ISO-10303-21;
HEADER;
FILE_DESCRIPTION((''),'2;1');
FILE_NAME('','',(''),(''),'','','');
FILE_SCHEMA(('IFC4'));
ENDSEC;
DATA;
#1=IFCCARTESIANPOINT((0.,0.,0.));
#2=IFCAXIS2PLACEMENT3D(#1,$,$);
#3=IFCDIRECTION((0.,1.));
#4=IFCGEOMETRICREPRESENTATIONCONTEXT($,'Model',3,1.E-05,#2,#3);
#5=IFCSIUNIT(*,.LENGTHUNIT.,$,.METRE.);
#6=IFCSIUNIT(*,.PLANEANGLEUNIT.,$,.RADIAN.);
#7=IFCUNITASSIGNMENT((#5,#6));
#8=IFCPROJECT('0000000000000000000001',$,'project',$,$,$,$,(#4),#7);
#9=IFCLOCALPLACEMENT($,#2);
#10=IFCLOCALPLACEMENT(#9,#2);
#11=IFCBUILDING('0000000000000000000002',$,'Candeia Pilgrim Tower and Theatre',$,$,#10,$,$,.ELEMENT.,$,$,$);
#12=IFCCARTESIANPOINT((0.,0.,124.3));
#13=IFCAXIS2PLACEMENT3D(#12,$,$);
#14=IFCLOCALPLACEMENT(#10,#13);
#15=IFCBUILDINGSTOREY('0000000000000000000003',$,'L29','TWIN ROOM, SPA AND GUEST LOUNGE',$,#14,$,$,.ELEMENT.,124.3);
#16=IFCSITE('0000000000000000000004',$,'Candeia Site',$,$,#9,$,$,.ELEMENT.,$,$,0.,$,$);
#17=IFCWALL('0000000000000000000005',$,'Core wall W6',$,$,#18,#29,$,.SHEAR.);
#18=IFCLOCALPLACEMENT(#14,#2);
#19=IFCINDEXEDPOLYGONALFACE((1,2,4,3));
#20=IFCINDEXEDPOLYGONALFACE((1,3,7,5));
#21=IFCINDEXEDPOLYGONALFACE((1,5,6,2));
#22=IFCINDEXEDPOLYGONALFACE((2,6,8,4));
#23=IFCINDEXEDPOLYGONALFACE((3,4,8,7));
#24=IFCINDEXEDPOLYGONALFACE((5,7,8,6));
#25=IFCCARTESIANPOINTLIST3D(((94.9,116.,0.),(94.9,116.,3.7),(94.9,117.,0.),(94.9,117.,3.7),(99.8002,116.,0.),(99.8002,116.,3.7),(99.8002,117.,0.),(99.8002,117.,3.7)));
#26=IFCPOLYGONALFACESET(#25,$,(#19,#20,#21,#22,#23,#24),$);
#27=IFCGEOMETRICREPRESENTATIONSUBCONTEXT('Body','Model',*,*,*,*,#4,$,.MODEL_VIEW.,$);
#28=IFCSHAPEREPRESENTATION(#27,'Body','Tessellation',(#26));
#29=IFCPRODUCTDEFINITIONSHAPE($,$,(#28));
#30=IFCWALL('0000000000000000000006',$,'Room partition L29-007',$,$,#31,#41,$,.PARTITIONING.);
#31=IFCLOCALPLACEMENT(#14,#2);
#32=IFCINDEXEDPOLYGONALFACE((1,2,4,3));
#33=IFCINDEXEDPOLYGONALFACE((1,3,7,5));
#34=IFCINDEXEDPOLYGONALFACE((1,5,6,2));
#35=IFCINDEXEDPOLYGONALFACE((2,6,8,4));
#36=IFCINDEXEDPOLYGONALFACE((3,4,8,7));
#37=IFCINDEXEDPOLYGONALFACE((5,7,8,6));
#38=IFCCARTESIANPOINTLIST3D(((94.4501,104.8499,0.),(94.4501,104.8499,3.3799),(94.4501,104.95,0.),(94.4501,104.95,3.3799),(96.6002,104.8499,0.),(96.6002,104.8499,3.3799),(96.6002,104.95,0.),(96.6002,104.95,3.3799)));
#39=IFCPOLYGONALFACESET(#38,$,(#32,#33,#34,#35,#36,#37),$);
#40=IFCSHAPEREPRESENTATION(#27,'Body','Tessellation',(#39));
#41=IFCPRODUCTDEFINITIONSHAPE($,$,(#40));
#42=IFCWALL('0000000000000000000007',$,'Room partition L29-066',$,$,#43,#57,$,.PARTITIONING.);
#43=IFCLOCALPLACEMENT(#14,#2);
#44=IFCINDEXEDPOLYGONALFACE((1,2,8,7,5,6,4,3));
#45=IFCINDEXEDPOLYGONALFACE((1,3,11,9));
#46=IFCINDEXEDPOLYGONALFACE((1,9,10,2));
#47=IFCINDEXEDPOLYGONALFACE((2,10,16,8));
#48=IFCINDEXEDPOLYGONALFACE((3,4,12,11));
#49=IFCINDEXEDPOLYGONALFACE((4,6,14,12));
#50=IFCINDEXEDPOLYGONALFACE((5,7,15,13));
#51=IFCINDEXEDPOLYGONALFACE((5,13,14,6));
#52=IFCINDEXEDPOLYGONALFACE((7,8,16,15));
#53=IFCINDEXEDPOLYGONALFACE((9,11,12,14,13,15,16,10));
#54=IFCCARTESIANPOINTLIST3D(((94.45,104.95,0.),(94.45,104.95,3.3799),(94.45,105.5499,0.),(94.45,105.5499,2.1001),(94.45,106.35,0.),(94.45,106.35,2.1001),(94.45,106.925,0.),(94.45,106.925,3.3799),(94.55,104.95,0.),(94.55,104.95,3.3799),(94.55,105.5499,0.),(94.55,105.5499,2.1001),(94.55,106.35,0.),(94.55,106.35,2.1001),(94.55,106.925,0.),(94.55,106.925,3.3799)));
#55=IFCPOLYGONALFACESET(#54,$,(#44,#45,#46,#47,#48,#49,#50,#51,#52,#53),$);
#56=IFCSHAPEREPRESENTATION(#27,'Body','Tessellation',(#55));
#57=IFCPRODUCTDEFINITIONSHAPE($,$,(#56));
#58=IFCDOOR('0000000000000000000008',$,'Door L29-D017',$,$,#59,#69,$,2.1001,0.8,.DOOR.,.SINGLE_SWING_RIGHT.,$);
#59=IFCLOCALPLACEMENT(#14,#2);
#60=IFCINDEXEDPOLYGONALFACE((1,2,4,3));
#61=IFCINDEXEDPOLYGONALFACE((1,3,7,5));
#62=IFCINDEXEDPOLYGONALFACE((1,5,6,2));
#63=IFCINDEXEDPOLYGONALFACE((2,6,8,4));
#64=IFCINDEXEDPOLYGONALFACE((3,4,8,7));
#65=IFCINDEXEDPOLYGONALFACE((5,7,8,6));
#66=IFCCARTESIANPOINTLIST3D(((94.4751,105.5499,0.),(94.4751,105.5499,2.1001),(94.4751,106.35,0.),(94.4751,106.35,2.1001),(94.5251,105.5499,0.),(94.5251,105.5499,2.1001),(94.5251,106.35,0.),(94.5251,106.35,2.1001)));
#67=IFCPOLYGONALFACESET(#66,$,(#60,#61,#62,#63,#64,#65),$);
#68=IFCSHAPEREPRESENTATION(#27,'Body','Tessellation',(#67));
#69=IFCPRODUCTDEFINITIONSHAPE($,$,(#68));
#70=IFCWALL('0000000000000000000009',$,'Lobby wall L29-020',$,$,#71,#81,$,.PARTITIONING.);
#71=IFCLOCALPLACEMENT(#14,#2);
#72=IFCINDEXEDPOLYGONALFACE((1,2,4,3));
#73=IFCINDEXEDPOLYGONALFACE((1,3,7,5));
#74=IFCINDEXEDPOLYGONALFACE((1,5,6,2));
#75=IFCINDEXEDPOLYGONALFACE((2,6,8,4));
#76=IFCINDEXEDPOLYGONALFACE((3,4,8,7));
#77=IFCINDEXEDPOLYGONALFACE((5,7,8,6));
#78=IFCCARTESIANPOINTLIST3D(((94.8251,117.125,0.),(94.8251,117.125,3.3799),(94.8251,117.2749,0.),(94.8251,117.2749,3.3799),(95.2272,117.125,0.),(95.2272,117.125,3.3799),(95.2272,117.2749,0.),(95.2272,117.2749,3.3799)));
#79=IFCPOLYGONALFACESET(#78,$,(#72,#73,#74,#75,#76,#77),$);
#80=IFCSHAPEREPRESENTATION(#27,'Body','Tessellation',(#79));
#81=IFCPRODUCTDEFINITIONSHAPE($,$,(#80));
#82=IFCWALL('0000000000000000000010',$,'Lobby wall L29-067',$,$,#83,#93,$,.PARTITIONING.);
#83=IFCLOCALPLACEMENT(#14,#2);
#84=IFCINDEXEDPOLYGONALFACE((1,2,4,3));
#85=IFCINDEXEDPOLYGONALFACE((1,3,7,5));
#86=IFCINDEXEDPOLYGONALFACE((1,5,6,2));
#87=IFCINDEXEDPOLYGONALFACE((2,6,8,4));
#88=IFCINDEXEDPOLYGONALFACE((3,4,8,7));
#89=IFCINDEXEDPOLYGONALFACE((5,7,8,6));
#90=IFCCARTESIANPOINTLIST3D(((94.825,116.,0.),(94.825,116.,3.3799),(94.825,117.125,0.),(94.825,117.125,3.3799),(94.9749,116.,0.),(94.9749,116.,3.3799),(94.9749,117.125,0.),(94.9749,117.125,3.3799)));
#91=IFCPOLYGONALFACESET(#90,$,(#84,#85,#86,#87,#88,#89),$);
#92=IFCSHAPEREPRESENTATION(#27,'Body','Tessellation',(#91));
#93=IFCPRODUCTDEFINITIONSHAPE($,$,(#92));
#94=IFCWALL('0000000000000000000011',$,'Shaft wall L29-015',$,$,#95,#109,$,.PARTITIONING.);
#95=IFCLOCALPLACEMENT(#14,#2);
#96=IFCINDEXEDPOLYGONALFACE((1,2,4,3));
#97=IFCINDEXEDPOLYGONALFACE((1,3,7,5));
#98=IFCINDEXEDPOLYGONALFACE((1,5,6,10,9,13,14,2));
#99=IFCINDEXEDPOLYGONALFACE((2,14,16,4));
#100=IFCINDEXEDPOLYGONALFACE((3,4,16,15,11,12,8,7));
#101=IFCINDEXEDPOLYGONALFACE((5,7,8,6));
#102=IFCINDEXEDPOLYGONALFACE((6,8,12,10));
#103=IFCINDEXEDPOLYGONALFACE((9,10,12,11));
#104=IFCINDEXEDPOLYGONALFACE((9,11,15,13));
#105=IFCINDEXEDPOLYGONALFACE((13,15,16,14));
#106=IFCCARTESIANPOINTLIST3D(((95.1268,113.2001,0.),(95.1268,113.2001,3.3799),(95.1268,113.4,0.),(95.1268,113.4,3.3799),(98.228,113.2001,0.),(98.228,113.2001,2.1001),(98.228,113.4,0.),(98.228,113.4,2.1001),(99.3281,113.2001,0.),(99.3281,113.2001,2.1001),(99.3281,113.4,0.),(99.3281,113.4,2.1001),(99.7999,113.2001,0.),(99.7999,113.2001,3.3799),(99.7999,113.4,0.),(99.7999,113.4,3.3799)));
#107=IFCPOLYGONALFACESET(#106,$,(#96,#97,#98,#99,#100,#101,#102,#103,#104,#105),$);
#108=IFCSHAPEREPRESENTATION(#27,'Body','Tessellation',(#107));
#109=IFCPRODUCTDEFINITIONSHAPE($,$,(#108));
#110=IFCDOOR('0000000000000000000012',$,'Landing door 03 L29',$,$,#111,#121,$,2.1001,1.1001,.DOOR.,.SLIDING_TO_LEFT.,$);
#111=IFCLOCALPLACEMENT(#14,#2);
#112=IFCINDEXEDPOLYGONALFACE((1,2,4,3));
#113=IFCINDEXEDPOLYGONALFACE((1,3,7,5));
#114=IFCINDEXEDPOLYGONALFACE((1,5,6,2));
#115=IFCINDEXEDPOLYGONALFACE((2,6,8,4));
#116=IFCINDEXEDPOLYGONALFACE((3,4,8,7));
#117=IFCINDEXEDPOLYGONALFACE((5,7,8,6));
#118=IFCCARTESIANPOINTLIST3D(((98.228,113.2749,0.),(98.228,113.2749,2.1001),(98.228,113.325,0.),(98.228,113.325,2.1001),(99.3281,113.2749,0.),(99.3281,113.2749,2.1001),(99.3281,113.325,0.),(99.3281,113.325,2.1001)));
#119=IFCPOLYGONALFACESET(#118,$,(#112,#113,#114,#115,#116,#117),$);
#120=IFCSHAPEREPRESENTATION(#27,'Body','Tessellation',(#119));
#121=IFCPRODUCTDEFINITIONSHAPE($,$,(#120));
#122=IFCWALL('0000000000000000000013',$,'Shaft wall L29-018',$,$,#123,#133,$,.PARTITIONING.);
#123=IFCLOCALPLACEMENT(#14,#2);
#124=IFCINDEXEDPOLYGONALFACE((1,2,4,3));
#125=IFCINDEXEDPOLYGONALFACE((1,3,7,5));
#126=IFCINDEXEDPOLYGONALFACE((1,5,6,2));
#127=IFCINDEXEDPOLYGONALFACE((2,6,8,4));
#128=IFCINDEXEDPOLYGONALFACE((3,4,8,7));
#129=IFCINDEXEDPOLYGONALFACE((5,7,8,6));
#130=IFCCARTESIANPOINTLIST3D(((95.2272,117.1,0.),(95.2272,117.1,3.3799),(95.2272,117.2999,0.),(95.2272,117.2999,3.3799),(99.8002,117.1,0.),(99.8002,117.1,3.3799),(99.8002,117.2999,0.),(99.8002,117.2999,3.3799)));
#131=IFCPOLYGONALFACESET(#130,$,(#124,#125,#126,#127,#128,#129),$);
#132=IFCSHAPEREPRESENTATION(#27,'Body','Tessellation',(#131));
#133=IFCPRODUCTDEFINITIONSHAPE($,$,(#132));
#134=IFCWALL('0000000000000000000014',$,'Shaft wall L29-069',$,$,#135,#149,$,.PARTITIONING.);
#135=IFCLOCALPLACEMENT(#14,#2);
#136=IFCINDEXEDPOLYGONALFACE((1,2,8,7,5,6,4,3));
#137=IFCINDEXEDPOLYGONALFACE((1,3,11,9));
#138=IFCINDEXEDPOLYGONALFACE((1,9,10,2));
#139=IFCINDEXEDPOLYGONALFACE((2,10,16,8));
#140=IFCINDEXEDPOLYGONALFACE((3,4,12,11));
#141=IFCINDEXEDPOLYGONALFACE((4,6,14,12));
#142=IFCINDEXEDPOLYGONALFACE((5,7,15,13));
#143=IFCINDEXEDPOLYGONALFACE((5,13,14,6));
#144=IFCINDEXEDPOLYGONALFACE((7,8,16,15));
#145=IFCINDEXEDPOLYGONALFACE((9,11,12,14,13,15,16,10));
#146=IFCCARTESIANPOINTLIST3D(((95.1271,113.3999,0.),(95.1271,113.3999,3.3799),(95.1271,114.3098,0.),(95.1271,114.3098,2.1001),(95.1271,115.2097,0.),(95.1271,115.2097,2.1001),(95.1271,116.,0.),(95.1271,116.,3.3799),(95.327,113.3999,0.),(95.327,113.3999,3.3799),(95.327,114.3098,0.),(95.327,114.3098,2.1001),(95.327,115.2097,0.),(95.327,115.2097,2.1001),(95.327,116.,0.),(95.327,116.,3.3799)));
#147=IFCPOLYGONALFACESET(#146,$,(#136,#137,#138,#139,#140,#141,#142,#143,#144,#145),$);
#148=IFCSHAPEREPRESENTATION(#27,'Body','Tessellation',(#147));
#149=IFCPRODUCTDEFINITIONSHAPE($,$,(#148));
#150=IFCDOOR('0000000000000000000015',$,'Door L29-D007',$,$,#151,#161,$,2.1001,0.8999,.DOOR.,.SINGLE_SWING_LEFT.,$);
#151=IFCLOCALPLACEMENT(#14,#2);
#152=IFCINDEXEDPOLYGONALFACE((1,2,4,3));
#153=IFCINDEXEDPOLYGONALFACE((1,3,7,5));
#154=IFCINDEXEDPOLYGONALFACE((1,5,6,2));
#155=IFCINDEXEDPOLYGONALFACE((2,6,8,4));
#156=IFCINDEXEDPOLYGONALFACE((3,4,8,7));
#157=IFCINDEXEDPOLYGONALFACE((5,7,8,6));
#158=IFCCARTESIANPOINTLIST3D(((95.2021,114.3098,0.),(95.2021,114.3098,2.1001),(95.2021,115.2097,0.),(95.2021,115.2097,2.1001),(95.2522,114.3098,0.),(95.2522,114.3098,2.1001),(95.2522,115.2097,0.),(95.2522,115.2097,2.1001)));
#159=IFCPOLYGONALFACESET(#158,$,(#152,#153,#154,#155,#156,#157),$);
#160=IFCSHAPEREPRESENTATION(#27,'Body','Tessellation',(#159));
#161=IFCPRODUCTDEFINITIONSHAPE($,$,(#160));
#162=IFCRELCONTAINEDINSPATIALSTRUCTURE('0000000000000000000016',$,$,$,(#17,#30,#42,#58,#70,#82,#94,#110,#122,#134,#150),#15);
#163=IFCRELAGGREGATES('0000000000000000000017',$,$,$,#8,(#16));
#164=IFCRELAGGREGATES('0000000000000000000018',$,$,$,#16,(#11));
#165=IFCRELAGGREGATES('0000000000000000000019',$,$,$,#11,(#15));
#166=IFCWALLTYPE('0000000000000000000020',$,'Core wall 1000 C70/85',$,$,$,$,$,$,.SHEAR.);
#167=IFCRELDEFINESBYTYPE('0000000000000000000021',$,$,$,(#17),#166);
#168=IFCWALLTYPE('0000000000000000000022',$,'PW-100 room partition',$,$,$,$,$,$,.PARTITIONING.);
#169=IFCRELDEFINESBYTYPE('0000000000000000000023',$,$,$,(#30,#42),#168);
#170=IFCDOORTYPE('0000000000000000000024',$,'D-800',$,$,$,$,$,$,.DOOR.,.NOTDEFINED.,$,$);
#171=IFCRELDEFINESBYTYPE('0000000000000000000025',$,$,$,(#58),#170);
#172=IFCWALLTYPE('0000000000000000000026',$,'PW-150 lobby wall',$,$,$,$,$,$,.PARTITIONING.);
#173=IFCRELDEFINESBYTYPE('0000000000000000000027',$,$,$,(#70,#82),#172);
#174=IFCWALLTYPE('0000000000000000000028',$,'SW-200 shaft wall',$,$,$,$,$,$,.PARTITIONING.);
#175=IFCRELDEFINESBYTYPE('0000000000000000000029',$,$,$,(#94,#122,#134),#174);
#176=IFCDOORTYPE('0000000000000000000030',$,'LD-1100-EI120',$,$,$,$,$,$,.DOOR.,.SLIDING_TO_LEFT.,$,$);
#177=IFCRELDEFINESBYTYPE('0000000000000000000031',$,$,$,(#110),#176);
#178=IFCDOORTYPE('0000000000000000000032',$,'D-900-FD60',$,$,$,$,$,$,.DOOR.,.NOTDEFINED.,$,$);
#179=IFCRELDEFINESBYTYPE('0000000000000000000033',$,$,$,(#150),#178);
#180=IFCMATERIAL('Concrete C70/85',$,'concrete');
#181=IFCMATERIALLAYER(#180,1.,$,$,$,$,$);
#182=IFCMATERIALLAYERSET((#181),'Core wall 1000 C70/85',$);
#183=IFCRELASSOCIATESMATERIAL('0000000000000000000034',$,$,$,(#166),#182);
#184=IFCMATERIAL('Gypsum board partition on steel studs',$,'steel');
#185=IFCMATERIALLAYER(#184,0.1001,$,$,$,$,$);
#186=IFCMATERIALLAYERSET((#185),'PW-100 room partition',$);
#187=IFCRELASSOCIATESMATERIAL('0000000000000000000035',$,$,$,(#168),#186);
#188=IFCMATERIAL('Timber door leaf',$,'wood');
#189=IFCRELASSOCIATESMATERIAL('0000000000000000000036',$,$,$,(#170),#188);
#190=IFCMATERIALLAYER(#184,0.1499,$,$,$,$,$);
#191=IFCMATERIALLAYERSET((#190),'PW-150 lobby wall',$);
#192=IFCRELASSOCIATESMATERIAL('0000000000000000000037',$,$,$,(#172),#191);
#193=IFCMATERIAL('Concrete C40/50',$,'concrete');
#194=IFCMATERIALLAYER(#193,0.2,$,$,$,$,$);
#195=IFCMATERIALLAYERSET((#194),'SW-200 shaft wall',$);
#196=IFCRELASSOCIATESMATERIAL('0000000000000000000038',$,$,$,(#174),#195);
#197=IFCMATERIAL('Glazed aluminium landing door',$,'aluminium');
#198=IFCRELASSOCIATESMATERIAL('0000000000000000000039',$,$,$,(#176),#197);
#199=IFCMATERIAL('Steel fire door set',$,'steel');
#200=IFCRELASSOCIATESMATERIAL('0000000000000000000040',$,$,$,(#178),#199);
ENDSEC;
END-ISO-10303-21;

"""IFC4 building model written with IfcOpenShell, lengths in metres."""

from ifc_helpers import new_model, si_unit, direction, frame, frame_2d, origin, place, context, subcontext, project, spatial, rectangle, extrude, material, layer, layer_set, type_object, element, fill, save


model = new_model("IFC4")

# Units and contexts
model_context = context("Model", 3, precision=1e-05, world=origin(), true_north=direction((0.0, 1.0)))
body_context = subcontext(model_context, "Body", "Model", "MODEL_VIEW")
ifc_project = project(units=[si_unit("LENGTHUNIT", "METRE"), si_unit("PLANEANGLEUNIT", "RADIAN")], contexts=[model_context])

# Site, building, storey
site_placement = place(None, origin())
site = spatial("IfcSite", under=ifc_project, at=site_placement, Name="Candeia Site", CompositionType="ELEMENT", RefElevation=0.0)
building_placement = place(site_placement, origin())
building = spatial("IfcBuilding", under=site, at=building_placement, Name="Candeia Pilgrim Tower and Theatre", CompositionType="ELEMENT")
storey_placement = place(building_placement, frame((0.0, 0.0, 124.3)))
storey = spatial("IfcBuildingStorey", under=building, at=storey_placement, Name="L29", Description="TWIN ROOM, SPA AND GUEST LOUNGE", CompositionType="ELEMENT", Elevation=124.3)

# Walls
ifc_material_1 = material(Name="Concrete C70/85", Category="concrete")
ifc_layer_1 = layer(ifc_material_1, 1.0)
ifc_layer_set_1 = layer_set([ifc_layer_1], Name="Core wall 1000 C70/85")
wall_type_1 = type_object("IfcWallType", Name="Core wall 1000 C70/85", PredefinedType="SHEAR", material=ifc_layer_set_1)
wall_1_placement = place(storey_placement, frame((94.8999, 116.5, 0.0), z_axis=(0.0, 0.0, 1.0), x_axis=(1.0, 0.0, 0.0)))
element("IfcWall", 1, at=wall_1_placement, inside=storey, type_object=wall_type_1, Name="Core wall W6", PredefinedType="SHEAR", context=body_context, shape_type="SweptSolid", body=[
    extrude(rectangle(XDim=4.9001, YDim=1.0, at=frame_2d((2.4502, 0.0))), origin(), (0.0, 0.0, 1.0), 3.7),
])
ifc_material_2 = material(Name="Gypsum board partition on steel studs", Category="steel")
ifc_layer_2 = layer(ifc_material_2, 0.1001)
ifc_layer_set_2 = layer_set([ifc_layer_2], Name="PW-100 room partition")
wall_type_2 = type_object("IfcWallType", Name="PW-100 room partition", PredefinedType="PARTITIONING", material=ifc_layer_set_2)
wall_2_placement = place(storey_placement, frame((94.45, 104.8999, 0.0), z_axis=(0.0, 0.0, 1.0), x_axis=(1.0, 0.0, 0.0)))
element("IfcWall", 2, at=wall_2_placement, inside=storey, type_object=wall_type_2, Name="Room partition L29-007", PredefinedType="PARTITIONING", context=body_context, shape_type="SweptSolid", body=[
    extrude(rectangle(XDim=2.1501, YDim=0.1001, at=frame_2d((1.0752, 0.0))), origin(), (0.0, 0.0, 1.0), 3.3799),
])

# Wall, opening, door
wall_3_placement = place(storey_placement, frame((94.5, 104.95, 0.0), z_axis=(0.0, 0.0, 1.0), x_axis=(0.0, 1.0, 0.0)))
wall_3 = element("IfcWall", 3, at=wall_3_placement, inside=storey, type_object=wall_type_2, Name="Room partition L29-066", PredefinedType="PARTITIONING", context=body_context, shape_type="SweptSolid", body=[
    extrude(rectangle(XDim=1.9751, YDim=0.1001, at=frame_2d((0.9875, 0.0))), origin(), (0.0, 0.0, 1.0), 3.3799),
])
opening_1_placement = place(wall_3_placement, frame((0.6001, 0.0, 0.0)))
opening_1 = element("IfcOpeningElement", 4, at=opening_1_placement, cuts=wall_3, PredefinedType="OPENING", context=body_context, shape_type="SweptSolid", body=[
    extrude(rectangle(XDim=0.8, YDim=2.1001, at=frame_2d((0.3999, 1.05))), frame((0.0, 0.0601, 0.0), z_axis=(0.0, -1.0, 0.0), x_axis=(1.0, 0.0, 0.0)), (0.0, 0.0, 1.0), 0.1201),
])
ifc_material_3 = material(Name="Timber door leaf", Category="wood")
door_type_1 = type_object("IfcDoorType", Name="D-800", OperationType="NOTDEFINED", PredefinedType="DOOR", material=ifc_material_3)
door_1_placement = place(opening_1_placement, origin())
door_1 = element("IfcDoor", 5, at=door_1_placement, inside=storey, type_object=door_type_1, Name="Door L29-D017", OperationType="SINGLE_SWING_RIGHT", OverallHeight=2.1001, OverallWidth=0.8, PredefinedType="DOOR", context=body_context, shape_type="SweptSolid", body=[
    extrude(rectangle(XDim=0.8, YDim=2.1001, at=frame_2d((0.3999, 1.05))), frame((0.0, 0.0249, 0.0), z_axis=(0.0, -1.0, 0.0), x_axis=(1.0, 0.0, 0.0)), (0.0, 0.0, 1.0), 0.05),
])
fill(opening_1, door_1)

# Walls
ifc_layer_3 = layer(ifc_material_2, 0.1499)
ifc_layer_set_3 = layer_set([ifc_layer_3], Name="PW-150 lobby wall")
wall_type_3 = type_object("IfcWallType", Name="PW-150 lobby wall", PredefinedType="PARTITIONING", material=ifc_layer_set_3)
wall_4_placement = place(storey_placement, frame((94.825, 117.2, 0.0), z_axis=(0.0, 0.0, 1.0), x_axis=(1.0, 0.0, 0.0)))
element("IfcWall", 6, at=wall_4_placement, inside=storey, type_object=wall_type_3, Name="Lobby wall L29-020", PredefinedType="PARTITIONING", context=body_context, shape_type="SweptSolid", body=[
    extrude(rectangle(XDim=0.4021, YDim=0.1499, at=frame_2d((0.2012, 0.0))), origin(), (0.0, 0.0, 1.0), 3.3799),
])
wall_5_placement = place(storey_placement, frame((94.8999, 116.0, 0.0), z_axis=(0.0, 0.0, 1.0), x_axis=(0.0, 1.0, 0.0)))
element("IfcWall", 7, at=wall_5_placement, inside=storey, type_object=wall_type_3, Name="Lobby wall L29-067", PredefinedType="PARTITIONING", context=body_context, shape_type="SweptSolid", body=[
    extrude(rectangle(XDim=1.125, YDim=0.1499, at=frame_2d((0.5625, 0.0))), origin(), (0.0, 0.0, 1.0), 3.3799),
])

# Wall, opening, door
ifc_material_4 = material(Name="Concrete C40/50", Category="concrete")
ifc_layer_4 = layer(ifc_material_4, 0.2)
ifc_layer_set_4 = layer_set([ifc_layer_4], Name="SW-200 shaft wall")
wall_type_4 = type_object("IfcWallType", Name="SW-200 shaft wall", PredefinedType="PARTITIONING", material=ifc_layer_set_4)
wall_6_placement = place(storey_placement, frame((95.127, 113.3, 0.0), z_axis=(0.0, 0.0, 1.0), x_axis=(1.0, 0.0, 0.0)))
wall_6 = element("IfcWall", 8, at=wall_6_placement, inside=storey, type_object=wall_type_4, Name="Shaft wall L29-015", PredefinedType="PARTITIONING", context=body_context, shape_type="SweptSolid", body=[
    extrude(rectangle(XDim=4.6731, YDim=0.2, at=frame_2d((2.3364, 0.0))), origin(), (0.0, 0.0, 1.0), 3.3799),
])
opening_2_placement = place(wall_6_placement, frame((3.1011, 0.0, 0.0)))
opening_2 = element("IfcOpeningElement", 9, at=opening_2_placement, cuts=wall_6, PredefinedType="OPENING", context=body_context, shape_type="SweptSolid", body=[
    extrude(rectangle(XDim=1.1001, YDim=2.1001, at=frame_2d((0.55, 1.05))), frame((0.0, 0.1099, 0.0), z_axis=(0.0, -1.0, 0.0), x_axis=(1.0, 0.0, 0.0)), (0.0, 0.0, 1.0), 0.22),
])
ifc_material_5 = material(Name="Glazed aluminium landing door", Category="aluminium")
door_type_2 = type_object("IfcDoorType", Name="LD-1100-EI120", OperationType="SLIDING_TO_LEFT", PredefinedType="DOOR", material=ifc_material_5)
door_2_placement = place(opening_2_placement, origin())
door_2 = element("IfcDoor", 10, at=door_2_placement, inside=storey, type_object=door_type_2, Name="Landing door 03 L29", OperationType="SLIDING_TO_LEFT", OverallHeight=2.1001, OverallWidth=1.1001, PredefinedType="DOOR", context=body_context, shape_type="SweptSolid", body=[
    extrude(rectangle(XDim=1.1001, YDim=2.1001, at=frame_2d((0.55, 1.05))), frame((0.0, 0.0249, 0.0), z_axis=(0.0, -1.0, 0.0), x_axis=(1.0, 0.0, 0.0)), (0.0, 0.0, 1.0), 0.05),
])
fill(opening_2, door_2)

# Wall
wall_7_placement = place(storey_placement, frame((95.2271, 117.2, 0.0), z_axis=(0.0, 0.0, 1.0), x_axis=(1.0, 0.0, 0.0)))
element("IfcWall", 11, at=wall_7_placement, inside=storey, type_object=wall_type_4, Name="Shaft wall L29-018", PredefinedType="PARTITIONING", context=body_context, shape_type="SweptSolid", body=[
    extrude(rectangle(XDim=4.573, YDim=0.2, at=frame_2d((2.2866, 0.0))), origin(), (0.0, 0.0, 1.0), 3.3799),
])

# Wall, opening, door
wall_8_placement = place(storey_placement, frame((95.2271, 113.3999, 0.0), z_axis=(0.0, 0.0, 1.0), x_axis=(0.0, 1.0, 0.0)))
wall_8 = element("IfcWall", 12, at=wall_8_placement, inside=storey, type_object=wall_type_4, Name="Shaft wall L29-069", PredefinedType="PARTITIONING", context=body_context, shape_type="SweptSolid", body=[
    extrude(rectangle(XDim=2.6001, YDim=0.2, at=frame_2d((1.3, 0.0))), origin(), (0.0, 0.0, 1.0), 3.3799),
])
opening_3_placement = place(wall_8_placement, frame((0.9099, 0.0, 0.0)))
opening_3 = element("IfcOpeningElement", 13, at=opening_3_placement, cuts=wall_8, PredefinedType="OPENING", context=body_context, shape_type="SweptSolid", body=[
    extrude(rectangle(XDim=0.8999, YDim=2.1001, at=frame_2d((0.45, 1.05))), frame((0.0, 0.1099, 0.0), z_axis=(0.0, -1.0, 0.0), x_axis=(1.0, 0.0, 0.0)), (0.0, 0.0, 1.0), 0.22),
])
ifc_material_6 = material(Name="Steel fire door set", Category="steel")
door_type_3 = type_object("IfcDoorType", Name="D-900-FD60", OperationType="NOTDEFINED", PredefinedType="DOOR", material=ifc_material_6)
door_3_placement = place(opening_3_placement, origin())
door_3 = element("IfcDoor", 14, at=door_3_placement, inside=storey, type_object=door_type_3, Name="Door L29-D007", OperationType="SINGLE_SWING_LEFT", OverallHeight=2.1001, OverallWidth=0.8999, PredefinedType="DOOR", context=body_context, shape_type="SweptSolid", body=[
    extrude(rectangle(XDim=0.8999, YDim=2.1001, at=frame_2d((0.45, 1.05))), frame((0.0, 0.0249, 0.0), z_axis=(0.0, -1.0, 0.0), x_axis=(1.0, 0.0, 0.0)), (0.0, 0.0, 1.0), 0.05),
])
fill(opening_3, door_3)

save(model, "model.ifc")
